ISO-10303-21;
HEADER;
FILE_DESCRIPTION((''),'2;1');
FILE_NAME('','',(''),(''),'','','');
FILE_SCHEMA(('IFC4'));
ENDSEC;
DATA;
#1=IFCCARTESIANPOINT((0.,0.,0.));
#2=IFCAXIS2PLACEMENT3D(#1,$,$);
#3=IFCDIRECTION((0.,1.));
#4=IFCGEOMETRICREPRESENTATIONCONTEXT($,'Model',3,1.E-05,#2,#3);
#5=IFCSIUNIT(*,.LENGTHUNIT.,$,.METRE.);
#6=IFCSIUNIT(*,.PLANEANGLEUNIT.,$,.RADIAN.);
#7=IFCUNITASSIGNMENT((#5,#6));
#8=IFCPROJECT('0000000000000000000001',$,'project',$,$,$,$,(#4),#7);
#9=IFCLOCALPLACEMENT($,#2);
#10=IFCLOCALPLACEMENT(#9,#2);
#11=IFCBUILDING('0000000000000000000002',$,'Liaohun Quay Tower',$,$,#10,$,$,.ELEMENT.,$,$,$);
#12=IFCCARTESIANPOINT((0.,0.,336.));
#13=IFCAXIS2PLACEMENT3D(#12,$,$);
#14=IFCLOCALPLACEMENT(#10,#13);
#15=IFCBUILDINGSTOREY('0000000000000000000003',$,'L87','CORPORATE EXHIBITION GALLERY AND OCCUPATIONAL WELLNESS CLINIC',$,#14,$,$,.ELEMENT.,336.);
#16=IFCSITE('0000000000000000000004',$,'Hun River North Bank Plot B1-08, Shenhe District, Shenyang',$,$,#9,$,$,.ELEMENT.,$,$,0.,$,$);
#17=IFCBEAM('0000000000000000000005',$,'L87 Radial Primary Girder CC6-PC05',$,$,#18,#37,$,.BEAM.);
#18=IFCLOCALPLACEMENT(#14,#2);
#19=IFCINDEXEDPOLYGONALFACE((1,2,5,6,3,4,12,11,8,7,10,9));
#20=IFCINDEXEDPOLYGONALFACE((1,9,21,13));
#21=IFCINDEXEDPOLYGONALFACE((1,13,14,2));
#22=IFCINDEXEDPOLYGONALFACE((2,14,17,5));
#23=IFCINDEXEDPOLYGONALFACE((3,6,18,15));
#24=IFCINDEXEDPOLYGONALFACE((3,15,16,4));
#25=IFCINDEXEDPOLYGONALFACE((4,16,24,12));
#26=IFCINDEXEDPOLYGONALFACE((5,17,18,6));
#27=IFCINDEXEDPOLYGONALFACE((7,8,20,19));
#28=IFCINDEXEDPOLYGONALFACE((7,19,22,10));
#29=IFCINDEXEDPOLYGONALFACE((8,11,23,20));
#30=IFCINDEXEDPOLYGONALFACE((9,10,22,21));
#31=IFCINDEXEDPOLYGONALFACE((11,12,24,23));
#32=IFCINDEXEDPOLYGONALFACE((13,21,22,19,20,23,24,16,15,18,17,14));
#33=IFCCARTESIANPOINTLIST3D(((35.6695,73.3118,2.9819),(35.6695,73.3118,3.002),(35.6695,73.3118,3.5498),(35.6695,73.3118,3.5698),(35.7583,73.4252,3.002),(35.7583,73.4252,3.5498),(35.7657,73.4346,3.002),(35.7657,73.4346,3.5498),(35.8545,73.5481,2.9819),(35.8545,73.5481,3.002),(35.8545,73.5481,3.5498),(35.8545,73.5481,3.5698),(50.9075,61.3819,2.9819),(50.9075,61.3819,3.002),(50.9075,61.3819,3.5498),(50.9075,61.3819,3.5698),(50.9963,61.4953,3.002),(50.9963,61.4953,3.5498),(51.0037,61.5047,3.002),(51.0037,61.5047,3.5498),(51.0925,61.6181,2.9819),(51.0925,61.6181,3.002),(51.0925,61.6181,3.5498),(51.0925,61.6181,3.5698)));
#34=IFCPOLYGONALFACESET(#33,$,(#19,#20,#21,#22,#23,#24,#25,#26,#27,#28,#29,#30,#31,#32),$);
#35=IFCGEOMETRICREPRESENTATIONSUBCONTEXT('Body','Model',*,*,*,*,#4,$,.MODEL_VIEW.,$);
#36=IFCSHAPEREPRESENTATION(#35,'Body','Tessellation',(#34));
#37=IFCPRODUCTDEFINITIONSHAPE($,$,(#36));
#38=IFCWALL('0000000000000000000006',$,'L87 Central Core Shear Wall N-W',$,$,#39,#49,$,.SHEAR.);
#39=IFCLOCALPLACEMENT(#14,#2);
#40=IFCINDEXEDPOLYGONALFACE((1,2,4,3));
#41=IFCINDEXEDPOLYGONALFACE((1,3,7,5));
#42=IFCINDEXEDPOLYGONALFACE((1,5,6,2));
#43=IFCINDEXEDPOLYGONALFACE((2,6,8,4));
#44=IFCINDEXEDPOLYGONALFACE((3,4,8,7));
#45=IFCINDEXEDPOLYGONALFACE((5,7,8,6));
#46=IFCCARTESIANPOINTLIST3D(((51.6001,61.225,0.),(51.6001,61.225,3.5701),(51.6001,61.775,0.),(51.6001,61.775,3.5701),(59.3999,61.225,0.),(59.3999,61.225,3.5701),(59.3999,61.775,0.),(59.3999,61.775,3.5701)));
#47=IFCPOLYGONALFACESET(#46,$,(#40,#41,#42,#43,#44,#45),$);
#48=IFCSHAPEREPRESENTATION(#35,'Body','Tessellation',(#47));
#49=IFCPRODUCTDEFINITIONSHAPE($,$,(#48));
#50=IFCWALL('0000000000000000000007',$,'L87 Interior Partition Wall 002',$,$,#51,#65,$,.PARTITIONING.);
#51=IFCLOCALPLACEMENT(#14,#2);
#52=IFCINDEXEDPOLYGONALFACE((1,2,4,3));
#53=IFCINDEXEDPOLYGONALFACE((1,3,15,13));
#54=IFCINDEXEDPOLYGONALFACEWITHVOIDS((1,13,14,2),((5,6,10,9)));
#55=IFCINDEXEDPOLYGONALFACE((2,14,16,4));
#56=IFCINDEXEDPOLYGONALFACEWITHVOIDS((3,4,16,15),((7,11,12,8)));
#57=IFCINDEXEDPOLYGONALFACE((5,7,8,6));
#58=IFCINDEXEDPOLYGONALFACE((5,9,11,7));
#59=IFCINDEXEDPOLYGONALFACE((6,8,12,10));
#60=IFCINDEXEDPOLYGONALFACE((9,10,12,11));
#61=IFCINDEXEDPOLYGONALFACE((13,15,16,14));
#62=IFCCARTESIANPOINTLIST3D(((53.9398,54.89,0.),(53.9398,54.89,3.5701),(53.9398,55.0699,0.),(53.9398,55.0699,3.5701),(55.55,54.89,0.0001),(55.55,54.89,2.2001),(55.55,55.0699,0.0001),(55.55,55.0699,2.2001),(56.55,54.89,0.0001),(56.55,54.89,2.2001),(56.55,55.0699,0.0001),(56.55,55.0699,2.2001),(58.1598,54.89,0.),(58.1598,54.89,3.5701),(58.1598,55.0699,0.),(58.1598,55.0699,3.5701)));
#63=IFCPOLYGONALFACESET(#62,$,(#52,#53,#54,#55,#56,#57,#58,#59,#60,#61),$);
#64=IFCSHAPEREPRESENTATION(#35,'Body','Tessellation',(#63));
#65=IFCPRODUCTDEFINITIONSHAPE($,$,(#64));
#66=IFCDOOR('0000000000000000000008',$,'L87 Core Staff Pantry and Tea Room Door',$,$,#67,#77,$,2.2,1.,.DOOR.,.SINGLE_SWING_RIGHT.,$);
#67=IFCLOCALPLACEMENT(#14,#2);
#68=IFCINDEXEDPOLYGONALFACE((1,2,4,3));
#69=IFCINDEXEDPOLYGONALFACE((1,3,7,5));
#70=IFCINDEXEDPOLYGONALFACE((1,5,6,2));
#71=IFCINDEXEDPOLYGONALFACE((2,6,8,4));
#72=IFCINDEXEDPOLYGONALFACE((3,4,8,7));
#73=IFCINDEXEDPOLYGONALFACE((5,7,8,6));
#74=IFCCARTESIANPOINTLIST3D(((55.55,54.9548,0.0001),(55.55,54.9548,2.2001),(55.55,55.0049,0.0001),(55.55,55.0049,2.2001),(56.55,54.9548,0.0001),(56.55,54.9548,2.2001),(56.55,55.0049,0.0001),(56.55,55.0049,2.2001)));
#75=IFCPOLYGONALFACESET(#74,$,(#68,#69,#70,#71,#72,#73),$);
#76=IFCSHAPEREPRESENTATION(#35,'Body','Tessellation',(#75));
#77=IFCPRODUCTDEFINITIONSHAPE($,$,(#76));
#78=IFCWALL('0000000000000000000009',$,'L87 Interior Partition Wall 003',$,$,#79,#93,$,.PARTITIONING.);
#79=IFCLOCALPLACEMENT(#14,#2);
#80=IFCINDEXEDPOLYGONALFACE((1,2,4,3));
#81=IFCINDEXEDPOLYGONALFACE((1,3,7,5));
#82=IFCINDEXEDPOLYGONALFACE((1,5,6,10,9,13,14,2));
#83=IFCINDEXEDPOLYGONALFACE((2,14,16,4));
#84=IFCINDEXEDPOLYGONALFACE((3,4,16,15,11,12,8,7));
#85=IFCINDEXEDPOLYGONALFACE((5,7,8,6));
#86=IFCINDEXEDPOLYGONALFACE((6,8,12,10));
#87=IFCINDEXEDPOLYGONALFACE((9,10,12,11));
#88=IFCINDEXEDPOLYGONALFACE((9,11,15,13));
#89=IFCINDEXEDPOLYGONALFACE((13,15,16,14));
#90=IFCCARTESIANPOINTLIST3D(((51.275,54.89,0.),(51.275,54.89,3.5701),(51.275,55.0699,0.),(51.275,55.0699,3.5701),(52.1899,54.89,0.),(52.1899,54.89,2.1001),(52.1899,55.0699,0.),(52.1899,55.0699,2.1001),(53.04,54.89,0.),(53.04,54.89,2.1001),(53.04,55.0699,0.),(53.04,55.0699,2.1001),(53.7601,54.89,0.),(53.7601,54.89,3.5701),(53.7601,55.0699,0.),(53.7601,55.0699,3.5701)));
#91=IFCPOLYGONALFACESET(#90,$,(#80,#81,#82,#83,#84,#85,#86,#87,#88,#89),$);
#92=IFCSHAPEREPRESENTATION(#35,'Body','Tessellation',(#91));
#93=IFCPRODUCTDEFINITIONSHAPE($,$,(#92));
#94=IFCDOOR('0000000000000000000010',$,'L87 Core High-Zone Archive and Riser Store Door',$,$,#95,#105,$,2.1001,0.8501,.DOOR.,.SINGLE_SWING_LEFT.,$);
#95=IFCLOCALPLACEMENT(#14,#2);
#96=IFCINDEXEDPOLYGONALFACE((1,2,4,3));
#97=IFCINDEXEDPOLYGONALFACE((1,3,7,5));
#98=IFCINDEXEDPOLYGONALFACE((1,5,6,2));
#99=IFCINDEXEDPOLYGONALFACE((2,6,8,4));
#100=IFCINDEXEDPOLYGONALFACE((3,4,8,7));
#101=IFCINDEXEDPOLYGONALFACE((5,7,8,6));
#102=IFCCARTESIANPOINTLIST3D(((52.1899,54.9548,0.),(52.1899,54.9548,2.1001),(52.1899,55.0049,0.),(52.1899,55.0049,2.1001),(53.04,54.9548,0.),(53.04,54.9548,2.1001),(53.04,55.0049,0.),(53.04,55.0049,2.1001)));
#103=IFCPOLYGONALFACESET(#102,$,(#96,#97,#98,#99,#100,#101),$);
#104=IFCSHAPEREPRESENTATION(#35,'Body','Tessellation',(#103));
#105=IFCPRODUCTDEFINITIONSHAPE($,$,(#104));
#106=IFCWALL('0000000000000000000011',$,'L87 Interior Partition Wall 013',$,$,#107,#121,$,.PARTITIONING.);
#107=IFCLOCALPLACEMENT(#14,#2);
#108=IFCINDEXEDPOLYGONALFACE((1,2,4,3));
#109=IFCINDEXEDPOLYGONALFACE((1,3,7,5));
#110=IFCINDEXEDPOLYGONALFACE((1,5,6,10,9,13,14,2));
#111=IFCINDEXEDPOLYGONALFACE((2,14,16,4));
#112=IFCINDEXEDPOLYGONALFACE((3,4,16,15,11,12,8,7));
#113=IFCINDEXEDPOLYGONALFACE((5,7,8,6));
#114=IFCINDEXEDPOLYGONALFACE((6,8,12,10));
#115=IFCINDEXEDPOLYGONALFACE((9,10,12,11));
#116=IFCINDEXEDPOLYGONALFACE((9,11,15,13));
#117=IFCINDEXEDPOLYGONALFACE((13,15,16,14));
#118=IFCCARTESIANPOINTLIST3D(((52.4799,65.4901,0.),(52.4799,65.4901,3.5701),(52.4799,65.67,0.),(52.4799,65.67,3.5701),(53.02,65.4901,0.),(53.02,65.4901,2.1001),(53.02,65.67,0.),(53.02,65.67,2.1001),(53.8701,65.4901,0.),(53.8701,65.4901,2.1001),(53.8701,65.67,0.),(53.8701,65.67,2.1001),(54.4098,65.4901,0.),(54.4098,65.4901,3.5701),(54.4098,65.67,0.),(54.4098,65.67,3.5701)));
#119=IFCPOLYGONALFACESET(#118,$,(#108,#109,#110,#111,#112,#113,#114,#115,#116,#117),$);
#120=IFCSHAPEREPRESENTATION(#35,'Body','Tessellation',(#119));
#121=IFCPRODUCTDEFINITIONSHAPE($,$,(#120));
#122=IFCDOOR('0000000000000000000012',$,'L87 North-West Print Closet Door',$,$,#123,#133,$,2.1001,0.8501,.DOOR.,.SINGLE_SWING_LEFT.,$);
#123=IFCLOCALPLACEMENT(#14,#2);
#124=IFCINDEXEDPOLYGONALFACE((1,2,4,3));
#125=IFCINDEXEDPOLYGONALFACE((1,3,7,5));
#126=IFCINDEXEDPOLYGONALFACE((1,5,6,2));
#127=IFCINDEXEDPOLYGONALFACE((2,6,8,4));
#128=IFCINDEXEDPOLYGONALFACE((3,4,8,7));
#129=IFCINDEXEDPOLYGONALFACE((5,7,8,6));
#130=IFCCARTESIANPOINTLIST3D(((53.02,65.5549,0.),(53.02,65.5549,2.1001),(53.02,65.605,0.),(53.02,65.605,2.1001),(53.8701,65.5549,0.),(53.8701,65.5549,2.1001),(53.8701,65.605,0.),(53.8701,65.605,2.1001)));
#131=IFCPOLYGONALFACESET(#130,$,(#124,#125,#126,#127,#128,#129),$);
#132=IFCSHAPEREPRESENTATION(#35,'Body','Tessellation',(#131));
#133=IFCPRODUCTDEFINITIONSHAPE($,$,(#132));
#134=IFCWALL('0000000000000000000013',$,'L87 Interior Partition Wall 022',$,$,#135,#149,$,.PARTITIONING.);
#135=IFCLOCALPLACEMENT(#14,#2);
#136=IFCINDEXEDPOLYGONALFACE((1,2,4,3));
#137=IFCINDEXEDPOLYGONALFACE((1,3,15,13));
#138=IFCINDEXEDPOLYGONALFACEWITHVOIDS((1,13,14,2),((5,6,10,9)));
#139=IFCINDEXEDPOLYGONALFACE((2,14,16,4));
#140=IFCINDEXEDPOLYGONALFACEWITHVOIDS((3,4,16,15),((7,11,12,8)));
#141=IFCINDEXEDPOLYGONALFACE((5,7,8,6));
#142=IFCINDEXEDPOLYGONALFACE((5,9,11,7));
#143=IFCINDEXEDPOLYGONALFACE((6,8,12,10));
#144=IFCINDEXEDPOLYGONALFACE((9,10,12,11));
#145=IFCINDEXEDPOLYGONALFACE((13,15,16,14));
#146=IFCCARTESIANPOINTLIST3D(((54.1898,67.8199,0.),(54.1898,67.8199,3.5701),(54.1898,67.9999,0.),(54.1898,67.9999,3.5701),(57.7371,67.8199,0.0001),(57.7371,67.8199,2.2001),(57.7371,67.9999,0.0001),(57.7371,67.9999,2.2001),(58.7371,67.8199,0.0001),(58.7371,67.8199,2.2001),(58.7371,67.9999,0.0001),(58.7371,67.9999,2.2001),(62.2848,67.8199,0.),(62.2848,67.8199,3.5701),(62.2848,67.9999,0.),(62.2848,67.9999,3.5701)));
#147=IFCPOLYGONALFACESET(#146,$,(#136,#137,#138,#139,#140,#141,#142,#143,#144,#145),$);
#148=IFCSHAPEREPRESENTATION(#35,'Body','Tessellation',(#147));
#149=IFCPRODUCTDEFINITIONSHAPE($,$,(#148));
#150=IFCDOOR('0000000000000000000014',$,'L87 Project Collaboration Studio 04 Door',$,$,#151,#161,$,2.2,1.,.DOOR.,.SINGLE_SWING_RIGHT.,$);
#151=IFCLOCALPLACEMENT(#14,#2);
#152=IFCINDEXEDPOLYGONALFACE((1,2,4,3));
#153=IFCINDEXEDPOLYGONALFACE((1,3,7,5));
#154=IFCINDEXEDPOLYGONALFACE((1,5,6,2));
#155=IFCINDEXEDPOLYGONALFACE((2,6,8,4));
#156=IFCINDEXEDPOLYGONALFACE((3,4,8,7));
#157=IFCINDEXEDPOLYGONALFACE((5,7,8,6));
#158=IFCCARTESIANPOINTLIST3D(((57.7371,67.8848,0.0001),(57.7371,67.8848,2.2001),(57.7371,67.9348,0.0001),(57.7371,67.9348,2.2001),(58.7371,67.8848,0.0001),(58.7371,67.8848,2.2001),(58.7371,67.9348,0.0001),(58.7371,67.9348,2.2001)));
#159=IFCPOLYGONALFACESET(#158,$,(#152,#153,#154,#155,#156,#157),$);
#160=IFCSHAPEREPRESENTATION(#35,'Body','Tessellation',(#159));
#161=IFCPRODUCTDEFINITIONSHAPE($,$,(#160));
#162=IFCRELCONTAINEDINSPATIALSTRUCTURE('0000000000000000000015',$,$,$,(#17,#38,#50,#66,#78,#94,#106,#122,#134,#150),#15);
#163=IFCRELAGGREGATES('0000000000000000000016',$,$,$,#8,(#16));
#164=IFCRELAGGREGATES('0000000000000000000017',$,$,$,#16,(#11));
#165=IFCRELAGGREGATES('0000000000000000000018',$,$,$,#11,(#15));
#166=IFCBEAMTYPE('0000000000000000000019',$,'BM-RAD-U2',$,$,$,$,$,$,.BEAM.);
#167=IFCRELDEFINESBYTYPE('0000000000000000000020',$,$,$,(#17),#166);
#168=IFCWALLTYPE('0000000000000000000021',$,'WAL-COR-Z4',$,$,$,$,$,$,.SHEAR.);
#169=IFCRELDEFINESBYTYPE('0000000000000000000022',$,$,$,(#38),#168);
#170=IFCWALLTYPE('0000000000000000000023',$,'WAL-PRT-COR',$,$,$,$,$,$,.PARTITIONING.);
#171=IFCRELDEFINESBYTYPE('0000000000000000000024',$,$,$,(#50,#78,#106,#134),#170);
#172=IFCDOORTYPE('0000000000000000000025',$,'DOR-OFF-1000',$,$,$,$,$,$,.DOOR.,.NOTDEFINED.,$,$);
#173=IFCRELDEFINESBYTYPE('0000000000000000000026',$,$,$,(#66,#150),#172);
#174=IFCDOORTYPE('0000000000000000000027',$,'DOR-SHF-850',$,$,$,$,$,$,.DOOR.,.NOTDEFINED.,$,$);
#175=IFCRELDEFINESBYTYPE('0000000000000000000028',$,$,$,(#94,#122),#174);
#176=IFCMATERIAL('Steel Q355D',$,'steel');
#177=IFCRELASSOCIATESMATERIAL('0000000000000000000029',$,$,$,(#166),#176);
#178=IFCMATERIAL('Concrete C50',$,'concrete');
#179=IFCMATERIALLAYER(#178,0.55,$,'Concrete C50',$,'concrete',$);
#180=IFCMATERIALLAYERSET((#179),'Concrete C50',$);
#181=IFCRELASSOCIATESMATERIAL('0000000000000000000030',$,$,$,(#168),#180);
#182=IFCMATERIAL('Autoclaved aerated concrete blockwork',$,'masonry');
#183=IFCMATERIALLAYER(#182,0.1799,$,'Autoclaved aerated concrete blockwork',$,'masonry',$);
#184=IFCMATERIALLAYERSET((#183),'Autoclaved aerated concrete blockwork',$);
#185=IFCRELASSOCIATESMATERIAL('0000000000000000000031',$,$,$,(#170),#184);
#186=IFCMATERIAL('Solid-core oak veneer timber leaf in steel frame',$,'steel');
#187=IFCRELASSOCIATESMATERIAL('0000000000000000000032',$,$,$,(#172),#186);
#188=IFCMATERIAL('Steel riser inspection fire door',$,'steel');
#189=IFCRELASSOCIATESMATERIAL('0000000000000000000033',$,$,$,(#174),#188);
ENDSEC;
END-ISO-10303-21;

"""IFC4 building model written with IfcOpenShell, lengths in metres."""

from ifc_helpers import new_model, si_unit, direction, frame, frame_2d, origin, origin_2d, place, context, subcontext, project, spatial, rectangle, i_section, extrude, source, transform, mapped, material, layer, layer_set, material_profile, profile_set, type_object, element, fill, save


model = new_model("IFC4")

# Units and contexts
model_context = context("Model", 3, precision=1e-05, world=origin(), true_north=direction((0.0, 1.0)))
body_context = subcontext(model_context, "Body", "Model", "MODEL_VIEW")
ifc_project = project(units=[si_unit("LENGTHUNIT", "METRE"), si_unit("PLANEANGLEUNIT", "RADIAN")], contexts=[model_context])

# Site, building, storey
site_placement = place(None, origin())
site = spatial("IfcSite", under=ifc_project, at=site_placement, Name="Hun River North Bank Plot B1-08, Shenhe District, Shenyang", CompositionType="ELEMENT", RefElevation=0.0)
building_placement = place(site_placement, origin())
building = spatial("IfcBuilding", under=site, at=building_placement, Name="Liaohun Quay Tower", CompositionType="ELEMENT")
storey_placement = place(building_placement, frame((0.0, 0.0, 336.0)))
storey = spatial("IfcBuildingStorey", under=building, at=storey_placement, Name="L87", Description="CORPORATE EXHIBITION GALLERY AND OCCUPATIONAL WELLNESS CLINIC", CompositionType="ELEMENT", Elevation=336.0)

# Beam
ifc_material_1 = material(Name="Steel Q355D", Category="steel")
ifc_material_profile = material_profile(ifc_material_1, i_section(OverallWidth=0.3, OverallDepth=0.5879, WebThickness=0.012, FlangeThickness=0.02, at=origin_2d()), Name="HM588x300x12x20")
ifc_profile_set = profile_set([ifc_material_profile], Name="Steel Q355D")
beam_type = type_object("IfcBeamType", Name="BM-RAD-U2", PredefinedType="BEAM", material=ifc_profile_set)
shared_shape_1 = source(origin(), body_context, "Body", "SweptSolid", [
    extrude(i_section(OverallWidth=0.3, OverallDepth=0.5879, WebThickness=0.012, FlangeThickness=0.02, at=origin_2d()), origin(), (0.0, 0.0, 1.0), 19.3525),
])
beam_placement = place(storey_placement, frame((51.0, 61.5, 3.2759), z_axis=(-0.787392, 0.616453, 0.0), x_axis=(-0.616453, -0.787392, 0.0)))
element("IfcBeam", 1, at=beam_placement, inside=storey, type_object=beam_type, Name="L87 Radial Primary Girder CC6-PC05", PredefinedType="BEAM", context=body_context, shape_type="MappedRepresentation", body=[
    mapped(shared_shape_1, transform((0.0, 0.0, 0.0), x_axis=(1.0, 0.0, 0.0), y_axis=(0.0, 1.0, 0.0), z_axis=(0.0, 0.0, 1.0), scale=1.0)),
])

# Wall
ifc_material_2 = material(Name="Concrete C50", Category="concrete")
ifc_layer_1 = layer(ifc_material_2, 0.55, Name="Concrete C50", Category="concrete")
ifc_layer_set_1 = layer_set([ifc_layer_1], Name="Concrete C50")
wall_type_1 = type_object("IfcWallType", Name="WAL-COR-Z4", PredefinedType="SHEAR", material=ifc_layer_set_1)
wall_1_placement = place(storey_placement, frame((51.6001, 61.5, 0.0), z_axis=(0.0, 0.0, 1.0), x_axis=(1.0, 0.0, 0.0)))
element("IfcWall", 2, at=wall_1_placement, inside=storey, type_object=wall_type_1, Name="L87 Central Core Shear Wall N-W", PredefinedType="SHEAR", context=body_context, shape_type="SweptSolid", body=[
    extrude(rectangle(XDim=7.7998, YDim=0.55, at=frame_2d((3.8999, 0.0))), origin(), (0.0, 0.0, 1.0), 3.5701),
])

# Walls, openings, doors
ifc_material_3 = material(Name="Autoclaved aerated concrete blockwork", Category="masonry")
ifc_layer_2 = layer(ifc_material_3, 0.1799, Name="Autoclaved aerated concrete blockwork", Category="masonry")
ifc_layer_set_2 = layer_set([ifc_layer_2], Name="Autoclaved aerated concrete blockwork")
wall_type_2 = type_object("IfcWallType", Name="WAL-PRT-COR", PredefinedType="PARTITIONING", material=ifc_layer_set_2)
wall_2_placement = place(storey_placement, frame((53.9399, 54.98, 0.0), z_axis=(0.0, 0.0, 1.0), x_axis=(1.0, 0.0, 0.0)))
wall_2 = element("IfcWall", 3, at=wall_2_placement, inside=storey, type_object=wall_type_2, Name="L87 Interior Partition Wall 002", PredefinedType="PARTITIONING", context=body_context, shape_type="SweptSolid", body=[
    extrude(rectangle(XDim=4.22, YDim=0.1799, at=frame_2d((2.1099, 0.0))), origin(), (0.0, 0.0, 1.0), 3.5701),
])
shared_shape_2 = source(origin(), body_context, "Body", "SweptSolid", [
    extrude(rectangle(XDim=1.0, YDim=2.2, at=frame_2d((0.5, 1.1001))), frame((0.0, 0.0999, 0.0), z_axis=(0.0, -1.0, 0.0), x_axis=(1.0, 0.0, 0.0)), (0.0, 0.0, 1.0), 0.2),
])
opening_1_placement = place(wall_2_placement, frame((1.6101, 0.0, 0.0)))
opening_1 = element("IfcOpeningElement", 4, at=opening_1_placement, cuts=wall_2, PredefinedType="OPENING", context=body_context, shape_type="MappedRepresentation", body=[
    mapped(shared_shape_2, transform((0.0, 0.0, 0.0), x_axis=(1.0, 0.0, 0.0), y_axis=(0.0, 1.0, 0.0), z_axis=(0.0, 0.0, 1.0), scale=1.0)),
])
ifc_material_4 = material(Name="Solid-core oak veneer timber leaf in steel frame", Category="steel")
door_type_1 = type_object("IfcDoorType", Name="DOR-OFF-1000", OperationType="NOTDEFINED", PredefinedType="DOOR", material=ifc_material_4)
shared_shape_3 = source(origin(), body_context, "Body", "SweptSolid", [
    extrude(rectangle(XDim=1.0, YDim=2.2, at=frame_2d((0.5, 1.1001))), frame((0.0, 0.0249, 0.0), z_axis=(0.0, -1.0, 0.0), x_axis=(1.0, 0.0, 0.0)), (0.0, 0.0, 1.0), 0.05),
])
door_1_placement = place(opening_1_placement, origin())
door_1 = element("IfcDoor", 5, at=door_1_placement, inside=storey, type_object=door_type_1, Name="L87 Core Staff Pantry and Tea Room Door", OperationType="SINGLE_SWING_RIGHT", OverallHeight=2.2, OverallWidth=1.0, PredefinedType="DOOR", context=body_context, shape_type="MappedRepresentation", body=[
    mapped(shared_shape_3, transform((0.0, 0.0, 0.0), x_axis=(1.0, 0.0, 0.0), y_axis=(0.0, 1.0, 0.0), z_axis=(0.0, 0.0, 1.0), scale=1.0)),
])
fill(opening_1, door_1)
wall_3_placement = place(storey_placement, frame((51.2749, 54.98, 0.0), z_axis=(0.0, 0.0, 1.0), x_axis=(1.0, 0.0, 0.0)))
wall_3 = element("IfcWall", 6, at=wall_3_placement, inside=storey, type_object=wall_type_2, Name="L87 Interior Partition Wall 003", PredefinedType="PARTITIONING", context=body_context, shape_type="SweptSolid", body=[
    extrude(rectangle(XDim=2.4851, YDim=0.1799, at=frame_2d((1.2427, 0.0))), origin(), (0.0, 0.0, 1.0), 3.5701),
])
shared_shape_4 = source(origin(), body_context, "Body", "SweptSolid", [
    extrude(rectangle(XDim=0.8501, YDim=2.1001, at=frame_2d((0.425, 1.05))), frame((0.0, 0.0999, 0.0), z_axis=(0.0, -1.0, 0.0), x_axis=(1.0, 0.0, 0.0)), (0.0, 0.0, 1.0), 0.2),
])
opening_2_placement = place(wall_3_placement, frame((0.915, 0.0, 0.0)))
opening_2 = element("IfcOpeningElement", 7, at=opening_2_placement, cuts=wall_3, PredefinedType="OPENING", context=body_context, shape_type="MappedRepresentation", body=[
    mapped(shared_shape_4, transform((0.0, 0.0, 0.0), x_axis=(1.0, 0.0, 0.0), y_axis=(0.0, 1.0, 0.0), z_axis=(0.0, 0.0, 1.0), scale=1.0)),
])
ifc_material_5 = material(Name="Steel riser inspection fire door", Category="steel")
door_type_2 = type_object("IfcDoorType", Name="DOR-SHF-850", OperationType="NOTDEFINED", PredefinedType="DOOR", material=ifc_material_5)
shared_shape_5 = source(origin(), body_context, "Body", "SweptSolid", [
    extrude(rectangle(XDim=0.8501, YDim=2.1001, at=frame_2d((0.425, 1.05))), frame((0.0, 0.0249, 0.0), z_axis=(0.0, -1.0, 0.0), x_axis=(1.0, 0.0, 0.0)), (0.0, 0.0, 1.0), 0.05),
])
door_2_placement = place(opening_2_placement, origin())
door_2 = element("IfcDoor", 8, at=door_2_placement, inside=storey, type_object=door_type_2, Name="L87 Core High-Zone Archive and Riser Store Door", OperationType="SINGLE_SWING_LEFT", OverallHeight=2.1001, OverallWidth=0.8501, PredefinedType="DOOR", context=body_context, shape_type="MappedRepresentation", body=[
    mapped(shared_shape_5, transform((0.0, 0.0, 0.0), x_axis=(1.0, 0.0, 0.0), y_axis=(0.0, 1.0, 0.0), z_axis=(0.0, 0.0, 1.0), scale=1.0)),
])
fill(opening_2, door_2)
wall_4_placement = place(storey_placement, frame((52.48, 65.5801, 0.0), z_axis=(0.0, 0.0, 1.0), x_axis=(1.0, 0.0, 0.0)))
wall_4 = element("IfcWall", 9, at=wall_4_placement, inside=storey, type_object=wall_type_2, Name="L87 Interior Partition Wall 013", PredefinedType="PARTITIONING", context=body_context, shape_type="SweptSolid", body=[
    extrude(rectangle(XDim=1.9299, YDim=0.1799, at=frame_2d((0.9648, 0.0))), origin(), (0.0, 0.0, 1.0), 3.5701),
])
opening_3_placement = place(wall_4_placement, frame((0.54, 0.0, 0.0)))
opening_3 = element("IfcOpeningElement", 10, at=opening_3_placement, cuts=wall_4, PredefinedType="OPENING", context=body_context, shape_type="MappedRepresentation", body=[
    mapped(shared_shape_4, transform((0.0, 0.0, 0.0), x_axis=(1.0, 0.0, 0.0), y_axis=(0.0, 1.0, 0.0), z_axis=(0.0, 0.0, 1.0), scale=1.0)),
])
door_3_placement = place(opening_3_placement, origin())
door_3 = element("IfcDoor", 11, at=door_3_placement, inside=storey, type_object=door_type_2, Name="L87 North-West Print Closet Door", OperationType="SINGLE_SWING_LEFT", OverallHeight=2.1001, OverallWidth=0.8501, PredefinedType="DOOR", context=body_context, shape_type="MappedRepresentation", body=[
    mapped(shared_shape_5, transform((0.0, 0.0, 0.0), x_axis=(1.0, 0.0, 0.0), y_axis=(0.0, 1.0, 0.0), z_axis=(0.0, 0.0, 1.0), scale=1.0)),
])
fill(opening_3, door_3)
wall_5_placement = place(storey_placement, frame((54.1899, 67.9099, 0.0), z_axis=(0.0, 0.0, 1.0), x_axis=(1.0, 0.0, 0.0)))
wall_5 = element("IfcWall", 12, at=wall_5_placement, inside=storey, type_object=wall_type_2, Name="L87 Interior Partition Wall 022", PredefinedType="PARTITIONING", context=body_context, shape_type="SweptSolid", body=[
    extrude(rectangle(XDim=8.095, YDim=0.1799, at=frame_2d((4.0474, 0.0))), origin(), (0.0, 0.0, 1.0), 3.5701),
])
opening_4_placement = place(wall_5_placement, frame((3.5471, 0.0, 0.0)))
opening_4 = element("IfcOpeningElement", 13, at=opening_4_placement, cuts=wall_5, PredefinedType="OPENING", context=body_context, shape_type="MappedRepresentation", body=[
    mapped(shared_shape_2, transform((0.0, 0.0, 0.0), x_axis=(1.0, 0.0, 0.0), y_axis=(0.0, 1.0, 0.0), z_axis=(0.0, 0.0, 1.0), scale=1.0)),
])
door_4_placement = place(opening_4_placement, origin())
door_4 = element("IfcDoor", 14, at=door_4_placement, inside=storey, type_object=door_type_1, Name="L87 Project Collaboration Studio 04 Door", OperationType="SINGLE_SWING_RIGHT", OverallHeight=2.2, OverallWidth=1.0, PredefinedType="DOOR", context=body_context, shape_type="MappedRepresentation", body=[
    mapped(shared_shape_3, transform((0.0, 0.0, 0.0), x_axis=(1.0, 0.0, 0.0), y_axis=(0.0, 1.0, 0.0), z_axis=(0.0, 0.0, 1.0), scale=1.0)),
])
fill(opening_4, door_4)

save(model, "model.ifc")
